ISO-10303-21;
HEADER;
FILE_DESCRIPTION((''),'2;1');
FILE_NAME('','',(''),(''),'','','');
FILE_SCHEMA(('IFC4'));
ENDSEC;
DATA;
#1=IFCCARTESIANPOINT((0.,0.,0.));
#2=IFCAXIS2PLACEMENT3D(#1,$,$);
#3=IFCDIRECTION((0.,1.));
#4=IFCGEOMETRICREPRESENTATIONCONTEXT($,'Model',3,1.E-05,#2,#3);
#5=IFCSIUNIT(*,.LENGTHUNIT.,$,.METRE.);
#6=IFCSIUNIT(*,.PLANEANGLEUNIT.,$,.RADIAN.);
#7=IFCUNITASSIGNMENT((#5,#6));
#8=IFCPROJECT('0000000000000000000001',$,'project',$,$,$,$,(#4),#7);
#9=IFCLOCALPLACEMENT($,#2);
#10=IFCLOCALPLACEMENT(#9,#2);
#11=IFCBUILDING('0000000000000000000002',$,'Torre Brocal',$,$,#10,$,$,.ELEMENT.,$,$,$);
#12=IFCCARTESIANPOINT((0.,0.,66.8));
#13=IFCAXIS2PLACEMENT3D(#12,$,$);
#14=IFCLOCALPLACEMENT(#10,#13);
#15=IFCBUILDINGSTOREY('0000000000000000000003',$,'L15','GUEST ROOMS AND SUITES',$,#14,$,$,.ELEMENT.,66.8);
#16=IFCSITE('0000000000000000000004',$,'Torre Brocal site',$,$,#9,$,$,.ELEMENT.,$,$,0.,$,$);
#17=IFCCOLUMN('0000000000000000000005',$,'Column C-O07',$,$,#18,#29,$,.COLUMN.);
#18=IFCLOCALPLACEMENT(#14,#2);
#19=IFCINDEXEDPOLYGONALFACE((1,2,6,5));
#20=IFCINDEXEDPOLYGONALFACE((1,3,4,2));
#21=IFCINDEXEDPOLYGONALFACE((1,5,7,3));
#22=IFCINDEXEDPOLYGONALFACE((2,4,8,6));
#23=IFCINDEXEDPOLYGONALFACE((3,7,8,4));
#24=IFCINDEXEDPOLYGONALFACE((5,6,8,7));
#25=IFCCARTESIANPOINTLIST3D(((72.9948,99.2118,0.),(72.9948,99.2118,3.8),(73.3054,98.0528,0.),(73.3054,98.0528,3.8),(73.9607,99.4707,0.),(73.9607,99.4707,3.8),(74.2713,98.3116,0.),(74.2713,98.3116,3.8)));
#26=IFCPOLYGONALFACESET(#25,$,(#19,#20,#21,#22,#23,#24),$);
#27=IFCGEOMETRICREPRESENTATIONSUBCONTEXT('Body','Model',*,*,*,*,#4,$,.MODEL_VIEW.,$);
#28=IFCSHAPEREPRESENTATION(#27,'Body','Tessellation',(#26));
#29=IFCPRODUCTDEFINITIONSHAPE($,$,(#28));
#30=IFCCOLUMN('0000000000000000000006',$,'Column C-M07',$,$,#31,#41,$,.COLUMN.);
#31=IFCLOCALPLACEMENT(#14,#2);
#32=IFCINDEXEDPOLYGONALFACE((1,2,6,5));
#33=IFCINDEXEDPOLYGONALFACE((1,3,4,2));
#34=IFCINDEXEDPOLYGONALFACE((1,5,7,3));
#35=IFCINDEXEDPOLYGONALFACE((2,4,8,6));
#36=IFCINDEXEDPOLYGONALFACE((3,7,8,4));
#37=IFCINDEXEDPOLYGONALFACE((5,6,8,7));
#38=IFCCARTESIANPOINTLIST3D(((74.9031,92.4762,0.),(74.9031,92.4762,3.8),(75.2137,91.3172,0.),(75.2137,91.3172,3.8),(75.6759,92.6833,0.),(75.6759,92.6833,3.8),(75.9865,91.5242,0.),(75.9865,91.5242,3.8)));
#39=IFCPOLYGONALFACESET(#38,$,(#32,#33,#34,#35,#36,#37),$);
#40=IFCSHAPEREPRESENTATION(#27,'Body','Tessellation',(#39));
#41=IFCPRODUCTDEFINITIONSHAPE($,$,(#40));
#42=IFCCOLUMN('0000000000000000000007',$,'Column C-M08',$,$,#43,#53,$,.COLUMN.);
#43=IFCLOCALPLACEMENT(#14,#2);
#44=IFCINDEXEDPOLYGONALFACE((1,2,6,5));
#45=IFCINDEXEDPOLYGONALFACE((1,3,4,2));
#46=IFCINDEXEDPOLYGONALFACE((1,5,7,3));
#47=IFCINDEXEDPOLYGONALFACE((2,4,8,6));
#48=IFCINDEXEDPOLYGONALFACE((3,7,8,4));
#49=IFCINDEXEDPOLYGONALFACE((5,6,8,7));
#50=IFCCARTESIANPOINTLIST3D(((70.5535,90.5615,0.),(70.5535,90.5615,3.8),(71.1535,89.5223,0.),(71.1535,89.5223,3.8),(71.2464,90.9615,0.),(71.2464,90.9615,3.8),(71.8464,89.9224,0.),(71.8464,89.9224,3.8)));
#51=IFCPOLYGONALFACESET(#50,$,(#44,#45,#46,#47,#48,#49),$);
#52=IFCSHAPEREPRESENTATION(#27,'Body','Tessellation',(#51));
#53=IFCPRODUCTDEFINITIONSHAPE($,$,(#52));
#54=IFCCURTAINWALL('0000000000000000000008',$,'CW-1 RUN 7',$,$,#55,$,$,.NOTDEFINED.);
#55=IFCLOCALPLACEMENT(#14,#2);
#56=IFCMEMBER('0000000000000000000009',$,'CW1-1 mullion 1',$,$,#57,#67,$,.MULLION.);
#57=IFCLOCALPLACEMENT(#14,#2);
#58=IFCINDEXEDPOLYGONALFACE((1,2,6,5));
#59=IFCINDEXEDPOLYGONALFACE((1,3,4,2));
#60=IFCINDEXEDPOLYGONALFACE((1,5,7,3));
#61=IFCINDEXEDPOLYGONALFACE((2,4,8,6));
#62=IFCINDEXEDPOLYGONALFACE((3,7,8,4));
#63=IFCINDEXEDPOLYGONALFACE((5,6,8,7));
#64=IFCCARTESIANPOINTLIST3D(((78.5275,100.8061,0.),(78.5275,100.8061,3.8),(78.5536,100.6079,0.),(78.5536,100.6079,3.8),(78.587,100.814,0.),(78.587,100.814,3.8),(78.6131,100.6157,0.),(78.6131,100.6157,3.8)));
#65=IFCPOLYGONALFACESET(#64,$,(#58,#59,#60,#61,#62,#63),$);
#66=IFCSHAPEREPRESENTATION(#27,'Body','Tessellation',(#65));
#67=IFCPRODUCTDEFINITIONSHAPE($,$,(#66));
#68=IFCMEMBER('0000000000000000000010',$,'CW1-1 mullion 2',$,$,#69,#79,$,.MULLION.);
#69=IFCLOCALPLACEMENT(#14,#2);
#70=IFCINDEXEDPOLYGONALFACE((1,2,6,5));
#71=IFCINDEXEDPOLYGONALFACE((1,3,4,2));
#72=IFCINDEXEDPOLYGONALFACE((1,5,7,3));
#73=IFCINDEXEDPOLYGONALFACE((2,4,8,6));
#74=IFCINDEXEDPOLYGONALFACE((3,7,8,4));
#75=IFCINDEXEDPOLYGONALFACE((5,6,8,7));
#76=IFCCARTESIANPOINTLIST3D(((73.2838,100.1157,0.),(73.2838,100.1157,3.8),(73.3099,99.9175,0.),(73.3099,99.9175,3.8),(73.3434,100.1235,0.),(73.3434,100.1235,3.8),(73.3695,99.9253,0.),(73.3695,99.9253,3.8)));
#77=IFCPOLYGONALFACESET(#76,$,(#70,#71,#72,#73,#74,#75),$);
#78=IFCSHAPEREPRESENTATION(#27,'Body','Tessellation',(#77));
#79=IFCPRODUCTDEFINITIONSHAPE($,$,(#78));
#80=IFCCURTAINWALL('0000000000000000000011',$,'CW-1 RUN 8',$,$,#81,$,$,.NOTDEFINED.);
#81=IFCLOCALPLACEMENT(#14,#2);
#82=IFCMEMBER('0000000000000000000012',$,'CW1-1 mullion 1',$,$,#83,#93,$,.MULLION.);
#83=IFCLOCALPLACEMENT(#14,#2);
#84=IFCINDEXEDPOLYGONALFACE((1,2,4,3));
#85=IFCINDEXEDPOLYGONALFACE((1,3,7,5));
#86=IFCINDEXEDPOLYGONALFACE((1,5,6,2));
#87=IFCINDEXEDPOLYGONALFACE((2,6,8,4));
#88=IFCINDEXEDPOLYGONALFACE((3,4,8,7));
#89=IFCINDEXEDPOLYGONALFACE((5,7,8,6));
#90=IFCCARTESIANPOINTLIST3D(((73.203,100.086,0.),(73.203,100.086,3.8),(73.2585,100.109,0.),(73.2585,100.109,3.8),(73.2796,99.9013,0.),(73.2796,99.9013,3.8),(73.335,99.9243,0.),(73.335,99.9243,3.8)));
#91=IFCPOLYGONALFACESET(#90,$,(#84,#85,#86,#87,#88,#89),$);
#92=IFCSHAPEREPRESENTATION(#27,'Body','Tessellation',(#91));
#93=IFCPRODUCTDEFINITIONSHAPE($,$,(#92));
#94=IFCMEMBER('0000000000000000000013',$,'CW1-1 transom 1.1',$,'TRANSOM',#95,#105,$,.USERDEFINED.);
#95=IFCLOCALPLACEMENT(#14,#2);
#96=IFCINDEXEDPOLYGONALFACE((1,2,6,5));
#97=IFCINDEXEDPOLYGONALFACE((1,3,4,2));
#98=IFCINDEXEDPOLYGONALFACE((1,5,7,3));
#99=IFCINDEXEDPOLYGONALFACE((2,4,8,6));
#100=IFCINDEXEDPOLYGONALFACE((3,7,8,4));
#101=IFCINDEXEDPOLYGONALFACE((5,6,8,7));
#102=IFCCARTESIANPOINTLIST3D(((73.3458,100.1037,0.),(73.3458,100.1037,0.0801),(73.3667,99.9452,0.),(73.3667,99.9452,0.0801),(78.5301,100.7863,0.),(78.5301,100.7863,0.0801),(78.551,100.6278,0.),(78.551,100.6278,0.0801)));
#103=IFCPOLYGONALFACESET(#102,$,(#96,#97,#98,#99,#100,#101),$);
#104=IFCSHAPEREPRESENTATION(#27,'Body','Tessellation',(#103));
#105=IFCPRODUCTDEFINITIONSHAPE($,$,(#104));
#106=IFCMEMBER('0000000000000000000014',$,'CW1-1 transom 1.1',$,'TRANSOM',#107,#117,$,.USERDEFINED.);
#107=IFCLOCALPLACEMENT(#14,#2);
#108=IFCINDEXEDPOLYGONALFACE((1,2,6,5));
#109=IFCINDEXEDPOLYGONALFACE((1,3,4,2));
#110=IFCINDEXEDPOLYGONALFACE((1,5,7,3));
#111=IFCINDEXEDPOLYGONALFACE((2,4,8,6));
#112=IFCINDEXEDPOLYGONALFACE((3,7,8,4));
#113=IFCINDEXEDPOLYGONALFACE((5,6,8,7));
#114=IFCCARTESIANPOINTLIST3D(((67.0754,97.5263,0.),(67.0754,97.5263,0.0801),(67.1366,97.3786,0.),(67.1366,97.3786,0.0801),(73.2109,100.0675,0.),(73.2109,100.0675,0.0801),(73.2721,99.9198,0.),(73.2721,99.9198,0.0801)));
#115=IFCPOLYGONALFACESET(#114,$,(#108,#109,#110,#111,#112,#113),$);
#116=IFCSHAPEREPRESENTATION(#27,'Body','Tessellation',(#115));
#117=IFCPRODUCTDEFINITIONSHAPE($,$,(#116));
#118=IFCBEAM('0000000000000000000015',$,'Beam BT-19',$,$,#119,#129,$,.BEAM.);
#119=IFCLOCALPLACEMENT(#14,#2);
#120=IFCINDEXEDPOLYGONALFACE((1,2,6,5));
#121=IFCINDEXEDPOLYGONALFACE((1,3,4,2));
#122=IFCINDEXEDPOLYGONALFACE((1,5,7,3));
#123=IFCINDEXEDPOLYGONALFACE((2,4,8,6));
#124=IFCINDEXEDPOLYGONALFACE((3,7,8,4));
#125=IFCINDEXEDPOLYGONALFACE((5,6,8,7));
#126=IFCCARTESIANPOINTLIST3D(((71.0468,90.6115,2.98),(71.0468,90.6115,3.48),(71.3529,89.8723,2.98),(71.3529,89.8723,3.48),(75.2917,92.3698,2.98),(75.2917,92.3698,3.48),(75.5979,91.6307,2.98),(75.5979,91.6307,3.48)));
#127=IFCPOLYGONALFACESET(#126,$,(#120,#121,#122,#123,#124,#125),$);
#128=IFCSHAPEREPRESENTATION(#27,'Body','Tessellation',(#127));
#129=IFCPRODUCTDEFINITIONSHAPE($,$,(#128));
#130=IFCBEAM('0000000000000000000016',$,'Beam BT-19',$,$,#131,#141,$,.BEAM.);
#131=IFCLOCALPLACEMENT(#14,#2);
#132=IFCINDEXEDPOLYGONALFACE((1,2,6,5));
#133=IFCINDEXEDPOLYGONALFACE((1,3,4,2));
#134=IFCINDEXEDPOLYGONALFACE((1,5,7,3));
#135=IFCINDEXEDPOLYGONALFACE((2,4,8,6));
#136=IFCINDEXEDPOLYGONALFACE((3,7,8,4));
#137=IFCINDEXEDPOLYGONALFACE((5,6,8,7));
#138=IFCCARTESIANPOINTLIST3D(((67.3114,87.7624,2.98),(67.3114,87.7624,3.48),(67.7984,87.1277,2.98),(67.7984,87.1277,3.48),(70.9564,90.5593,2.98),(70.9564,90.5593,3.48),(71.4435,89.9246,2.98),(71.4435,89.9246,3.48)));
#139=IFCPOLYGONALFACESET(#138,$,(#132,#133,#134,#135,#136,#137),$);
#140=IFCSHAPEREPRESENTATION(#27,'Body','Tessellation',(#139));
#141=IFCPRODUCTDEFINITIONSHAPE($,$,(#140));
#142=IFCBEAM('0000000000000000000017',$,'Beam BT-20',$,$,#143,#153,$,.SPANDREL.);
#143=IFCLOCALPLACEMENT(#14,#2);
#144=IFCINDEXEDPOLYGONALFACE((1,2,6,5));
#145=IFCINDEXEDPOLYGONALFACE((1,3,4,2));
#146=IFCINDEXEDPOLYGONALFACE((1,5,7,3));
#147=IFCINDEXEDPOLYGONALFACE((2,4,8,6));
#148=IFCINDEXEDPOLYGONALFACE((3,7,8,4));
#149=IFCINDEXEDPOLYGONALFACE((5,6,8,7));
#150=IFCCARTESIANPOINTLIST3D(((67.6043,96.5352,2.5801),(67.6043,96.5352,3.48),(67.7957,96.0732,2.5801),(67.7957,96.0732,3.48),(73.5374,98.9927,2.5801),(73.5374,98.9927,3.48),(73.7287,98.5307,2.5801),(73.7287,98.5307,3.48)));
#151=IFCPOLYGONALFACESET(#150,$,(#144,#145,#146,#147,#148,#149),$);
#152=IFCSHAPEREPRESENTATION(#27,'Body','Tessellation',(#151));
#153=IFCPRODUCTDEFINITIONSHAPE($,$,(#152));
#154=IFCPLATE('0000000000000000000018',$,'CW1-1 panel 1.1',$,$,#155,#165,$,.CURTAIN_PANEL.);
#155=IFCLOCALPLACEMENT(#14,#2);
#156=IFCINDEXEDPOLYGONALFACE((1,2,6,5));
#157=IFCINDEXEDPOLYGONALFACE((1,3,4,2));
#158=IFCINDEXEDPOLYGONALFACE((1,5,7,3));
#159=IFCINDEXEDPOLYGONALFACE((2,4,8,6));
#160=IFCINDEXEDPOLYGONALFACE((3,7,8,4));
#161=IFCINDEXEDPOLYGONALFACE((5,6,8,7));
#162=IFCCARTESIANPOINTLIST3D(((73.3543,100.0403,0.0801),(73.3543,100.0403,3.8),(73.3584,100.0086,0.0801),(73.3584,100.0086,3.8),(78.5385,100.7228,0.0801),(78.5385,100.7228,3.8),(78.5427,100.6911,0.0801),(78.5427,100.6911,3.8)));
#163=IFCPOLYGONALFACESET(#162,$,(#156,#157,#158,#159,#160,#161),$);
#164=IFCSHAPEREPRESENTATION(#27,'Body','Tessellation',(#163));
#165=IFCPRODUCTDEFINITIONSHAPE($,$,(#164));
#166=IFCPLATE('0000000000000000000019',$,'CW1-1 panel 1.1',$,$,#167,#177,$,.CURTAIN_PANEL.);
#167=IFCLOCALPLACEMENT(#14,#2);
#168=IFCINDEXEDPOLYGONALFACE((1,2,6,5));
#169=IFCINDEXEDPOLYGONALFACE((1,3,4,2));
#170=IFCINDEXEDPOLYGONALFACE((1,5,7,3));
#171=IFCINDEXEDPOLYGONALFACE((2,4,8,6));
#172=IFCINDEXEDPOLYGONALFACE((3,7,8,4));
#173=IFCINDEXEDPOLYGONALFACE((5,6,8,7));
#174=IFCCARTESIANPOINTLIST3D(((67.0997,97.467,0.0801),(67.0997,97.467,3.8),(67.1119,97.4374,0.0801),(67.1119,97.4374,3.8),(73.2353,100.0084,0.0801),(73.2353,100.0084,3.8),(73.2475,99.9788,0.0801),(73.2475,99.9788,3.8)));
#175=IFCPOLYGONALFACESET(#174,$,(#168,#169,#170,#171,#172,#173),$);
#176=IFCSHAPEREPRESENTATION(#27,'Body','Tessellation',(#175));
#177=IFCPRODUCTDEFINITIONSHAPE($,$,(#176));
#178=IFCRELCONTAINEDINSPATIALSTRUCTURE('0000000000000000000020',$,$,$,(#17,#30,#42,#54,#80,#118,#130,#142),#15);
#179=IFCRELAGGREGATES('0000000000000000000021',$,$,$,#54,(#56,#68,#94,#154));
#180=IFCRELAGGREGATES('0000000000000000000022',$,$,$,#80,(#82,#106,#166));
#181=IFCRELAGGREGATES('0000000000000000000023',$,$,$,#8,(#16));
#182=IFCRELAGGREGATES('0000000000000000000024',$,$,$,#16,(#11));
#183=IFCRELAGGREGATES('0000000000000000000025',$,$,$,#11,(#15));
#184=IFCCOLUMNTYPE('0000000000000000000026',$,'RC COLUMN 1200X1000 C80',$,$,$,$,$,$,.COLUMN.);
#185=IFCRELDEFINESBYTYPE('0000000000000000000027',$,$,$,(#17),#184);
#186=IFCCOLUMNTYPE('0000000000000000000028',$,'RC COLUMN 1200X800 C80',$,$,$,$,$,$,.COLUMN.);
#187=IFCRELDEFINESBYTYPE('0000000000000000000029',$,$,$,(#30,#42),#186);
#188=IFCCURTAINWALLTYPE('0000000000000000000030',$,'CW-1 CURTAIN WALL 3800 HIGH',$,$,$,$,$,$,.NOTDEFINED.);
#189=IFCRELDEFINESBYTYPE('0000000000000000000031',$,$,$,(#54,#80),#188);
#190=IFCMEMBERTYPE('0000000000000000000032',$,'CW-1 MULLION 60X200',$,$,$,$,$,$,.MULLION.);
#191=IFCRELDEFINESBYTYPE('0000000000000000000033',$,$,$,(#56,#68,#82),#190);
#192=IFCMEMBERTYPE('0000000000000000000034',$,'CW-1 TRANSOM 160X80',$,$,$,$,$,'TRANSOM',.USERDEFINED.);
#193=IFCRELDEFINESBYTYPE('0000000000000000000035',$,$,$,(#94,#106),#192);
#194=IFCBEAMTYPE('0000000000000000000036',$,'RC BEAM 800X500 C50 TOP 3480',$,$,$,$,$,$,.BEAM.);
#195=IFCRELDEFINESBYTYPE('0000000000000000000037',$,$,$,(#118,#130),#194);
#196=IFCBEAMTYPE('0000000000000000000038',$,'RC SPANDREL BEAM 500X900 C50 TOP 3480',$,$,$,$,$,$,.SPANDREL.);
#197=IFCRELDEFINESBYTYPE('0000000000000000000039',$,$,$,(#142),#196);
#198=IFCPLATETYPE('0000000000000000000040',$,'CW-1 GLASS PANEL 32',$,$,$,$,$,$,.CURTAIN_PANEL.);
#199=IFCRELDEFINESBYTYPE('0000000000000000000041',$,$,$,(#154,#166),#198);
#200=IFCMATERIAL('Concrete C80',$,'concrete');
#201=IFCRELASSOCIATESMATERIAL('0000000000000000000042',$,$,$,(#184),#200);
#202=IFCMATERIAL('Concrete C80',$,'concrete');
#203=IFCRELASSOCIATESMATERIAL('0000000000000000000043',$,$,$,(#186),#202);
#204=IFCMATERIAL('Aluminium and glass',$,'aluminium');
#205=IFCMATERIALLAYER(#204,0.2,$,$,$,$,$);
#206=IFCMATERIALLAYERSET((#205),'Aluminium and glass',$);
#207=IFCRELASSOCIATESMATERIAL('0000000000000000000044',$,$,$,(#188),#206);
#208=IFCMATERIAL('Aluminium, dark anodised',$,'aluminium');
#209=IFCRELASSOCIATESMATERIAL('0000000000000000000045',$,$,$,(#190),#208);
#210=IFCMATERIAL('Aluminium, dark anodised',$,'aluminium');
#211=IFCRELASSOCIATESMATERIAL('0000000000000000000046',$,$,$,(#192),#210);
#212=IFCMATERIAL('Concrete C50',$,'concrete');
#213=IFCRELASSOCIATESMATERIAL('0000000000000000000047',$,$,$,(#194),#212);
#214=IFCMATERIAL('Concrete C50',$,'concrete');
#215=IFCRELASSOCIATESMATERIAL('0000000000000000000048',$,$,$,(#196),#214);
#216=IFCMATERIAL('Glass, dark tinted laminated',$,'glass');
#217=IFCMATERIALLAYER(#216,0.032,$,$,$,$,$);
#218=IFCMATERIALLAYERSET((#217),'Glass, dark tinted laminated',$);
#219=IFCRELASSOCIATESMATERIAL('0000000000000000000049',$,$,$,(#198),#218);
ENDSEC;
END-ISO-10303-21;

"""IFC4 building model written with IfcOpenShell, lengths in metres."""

from ifc_helpers import new_model, si_unit, direction, frame, origin, origin_2d, place, context, subcontext, project, spatial, rectangle, extrude, material, layer, layer_set, material_profile, profile_set, type_object, element, aggregate, save


model = new_model("IFC4")

# Units and contexts
model_context = context("Model", 3, precision=1e-05, world=origin(), true_north=direction((0.0, 1.0)))
body_context = subcontext(model_context, "Body", "Model", "MODEL_VIEW")
ifc_project = project(units=[si_unit("LENGTHUNIT", "METRE"), si_unit("PLANEANGLEUNIT", "RADIAN")], contexts=[model_context])

# Site, building, storey
site_placement = place(None, origin())
site = spatial("IfcSite", under=ifc_project, at=site_placement, Name="Torre Brocal site", CompositionType="ELEMENT", RefElevation=0.0)
building_placement = place(site_placement, origin())
building = spatial("IfcBuilding", under=site, at=building_placement, Name="Torre Brocal", CompositionType="ELEMENT")
storey_placement = place(building_placement, frame((0.0, 0.0, 66.8)))
storey = spatial("IfcBuildingStorey", under=building, at=storey_placement, Name="L15", Description="GUEST ROOMS AND SUITES", CompositionType="ELEMENT", Elevation=66.8)

# Columns
ifc_material_1 = material(Name="Concrete C80", Category="concrete")
ifc_material_profile_1 = material_profile(ifc_material_1, rectangle(XDim=1.2, YDim=1.0, at=origin_2d()), Name="RC 1200X1000")
ifc_profile_set_1 = profile_set([ifc_material_profile_1], Name="Concrete C80")
column_type_1 = type_object("IfcColumnType", Name="RC COLUMN 1200X1000 C80", PredefinedType="COLUMN", material=ifc_profile_set_1)
column_placement = place(storey_placement, frame((73.6331, 98.7617, 0.0), z_axis=(0.0, 0.0, 1.0), x_axis=(-0.258819, 0.965926, 0.0)))
element("IfcColumn", 1, at=column_placement, inside=storey, type_object=column_type_1, Name="Column C-O07", PredefinedType="COLUMN", context=body_context, shape_type="SweptSolid", body=[
    extrude(rectangle(XDim=1.2, YDim=1.0, at=origin_2d()), origin(), (0.0, 0.0, 1.0), 3.8),
])
ifc_material_2 = material(Name="Concrete C80", Category="concrete")
ifc_material_profile_2 = material_profile(ifc_material_2, rectangle(XDim=1.2, YDim=0.8, at=origin_2d()), Name="RC 1200X800")
ifc_profile_set_2 = profile_set([ifc_material_profile_2], Name="Concrete C80")
column_type_2 = type_object("IfcColumnType", Name="RC COLUMN 1200X800 C80", PredefinedType="COLUMN", material=ifc_profile_set_2)
for number, where, z_axis, x_axis, name in (
    (2, (75.4448, 92.0002, 0.0), (0.0, 0.0, 1.0), (-0.258819, 0.965926, 0.0), "Column C-M07"),
    (3, (71.2, 90.2419, 0.0), (0.0, 0.0, 1.0), (-0.5, 0.866025, 0.0), "Column C-M08"),
):
    element("IfcColumn", number, at=place(storey_placement, frame(where, z_axis=z_axis, x_axis=x_axis)), inside=storey, type_object=column_type_2, Name=name, PredefinedType="COLUMN", context=body_context, shape_type="SweptSolid", body=[
        extrude(rectangle(XDim=1.2, YDim=0.8, at=origin_2d()), origin(), (0.0, 0.0, 1.0), 3.8),
    ])

# Curtain wall, members
ifc_material_3 = material(Name="Aluminium and glass", Category="aluminium")
ifc_layer_1 = layer(ifc_material_3, 0.2)
ifc_layer_set_1 = layer_set([ifc_layer_1], Name="Aluminium and glass")
curtain_wall_type = type_object("IfcCurtainWallType", Name="CW-1 CURTAIN WALL 3800 HIGH", PredefinedType="NOTDEFINED", material=ifc_layer_set_1)
curtain_wall_1_placement = place(storey_placement, origin())
curtain_wall_1 = element("IfcCurtainWall", 4, at=curtain_wall_1_placement, inside=storey, type_object=curtain_wall_type, Name="CW-1 RUN 7", PredefinedType="NOTDEFINED")
ifc_material_4 = material(Name="Aluminium, dark anodised", Category="aluminium")
ifc_material_profile_3 = material_profile(ifc_material_4, rectangle(XDim=0.2, YDim=0.0601, at=origin_2d()), Name="CW-1 MULLION 60X200")
ifc_profile_set_3 = profile_set([ifc_material_profile_3], Name="Aluminium, dark anodised")
member_type_1 = type_object("IfcMemberType", Name="CW-1 MULLION 60X200", PredefinedType="MULLION", material=ifc_profile_set_3)
member_1_placement = place(storey_placement, frame((78.5703, 100.7109, 0.0), z_axis=(0.0, 0.0, 1.0), x_axis=(0.130526, -0.991445, 0.0)))
member_1 = element("IfcMember", 5, at=member_1_placement, type_object=member_type_1, Name="CW1-1 mullion 1", PredefinedType="MULLION", context=body_context, shape_type="SweptSolid", body=[
    extrude(rectangle(XDim=0.2, YDim=0.0601, at=origin_2d()), origin(), (0.0, 0.0, 1.0), 3.8),
])
member_2_placement = place(storey_placement, frame((73.3267, 100.0205, 0.0), z_axis=(0.0, 0.0, 1.0), x_axis=(0.130526, -0.991445, 0.0)))
member_2 = element("IfcMember", 6, at=member_2_placement, type_object=member_type_1, Name="CW1-1 mullion 2", PredefinedType="MULLION", context=body_context, shape_type="SweptSolid", body=[
    extrude(rectangle(XDim=0.2, YDim=0.0601, at=origin_2d()), origin(), (0.0, 0.0, 1.0), 3.8),
])

# Curtain wall, member
curtain_wall_2_placement = place(storey_placement, origin())
curtain_wall_2 = element("IfcCurtainWall", 7, at=curtain_wall_2_placement, inside=storey, type_object=curtain_wall_type, Name="CW-1 RUN 8", PredefinedType="NOTDEFINED")
member_3_placement = place(storey_placement, frame((73.269, 100.0051, 0.0), z_axis=(0.0, 0.0, 1.0), x_axis=(0.382683, -0.92388, 0.0)))
member_3 = element("IfcMember", 8, at=member_3_placement, type_object=member_type_1, Name="CW1-1 mullion 1", PredefinedType="MULLION", context=body_context, shape_type="SweptSolid", body=[
    extrude(rectangle(XDim=0.2, YDim=0.0601, at=origin_2d()), origin(), (0.0, 0.0, 1.0), 3.8),
])

# Members
ifc_material_5 = material(Name="Aluminium, dark anodised", Category="aluminium")
ifc_material_profile_4 = material_profile(ifc_material_5, rectangle(XDim=0.1599, YDim=0.0801, at=origin_2d()), Name="CW-1 TRANSOM 160X80")
ifc_profile_set_4 = profile_set([ifc_material_profile_4], Name="Aluminium, dark anodised")
member_type_2 = type_object("IfcMemberType", Name="CW-1 TRANSOM 160X80", ElementType="TRANSOM", PredefinedType="USERDEFINED", material=ifc_profile_set_4)
member_4_placement = place(storey_placement, frame((78.5405, 100.707, 0.04), z_axis=(-0.991443, -0.130543, 0.0), x_axis=(0.130543, -0.991443, 0.0)))
member_4 = element("IfcMember", 9, at=member_4_placement, type_object=member_type_2, Name="CW1-1 transom 1.1", ObjectType="TRANSOM", PredefinedType="USERDEFINED", context=body_context, shape_type="SweptSolid", body=[
    extrude(rectangle(XDim=0.1599, YDim=0.0801, at=origin_2d()), origin(), (0.0, 0.0, 1.0), 5.229),
])
member_5_placement = place(storey_placement, frame((73.2415, 99.9937, 0.04), z_axis=(-0.923887, -0.382665, 0.0), x_axis=(0.382665, -0.923887, 0.0)))
member_5 = element("IfcMember", 10, at=member_5_placement, type_object=member_type_2, Name="CW1-1 transom 1.1", ObjectType="TRANSOM", PredefinedType="USERDEFINED", context=body_context, shape_type="SweptSolid", body=[
    extrude(rectangle(XDim=0.1599, YDim=0.0801, at=origin_2d()), origin(), (0.0, 0.0, 1.0), 6.6409),
])

# Beams
ifc_material_6 = material(Name="Concrete C50", Category="concrete")
ifc_material_profile_5 = material_profile(ifc_material_6, rectangle(XDim=0.8, YDim=0.5, at=origin_2d()), Name="RC 800X500")
ifc_profile_set_5 = profile_set([ifc_material_profile_5], Name="Concrete C50")
beam_type_1 = type_object("IfcBeamType", Name="RC BEAM 800X500 C50 TOP 3480", PredefinedType="BEAM", material=ifc_profile_set_5)
beam_1_placement = place(storey_placement, frame((75.4448, 92.0002, 3.23), z_axis=(-0.923878, -0.382687, 0.0), x_axis=(0.382687, -0.923878, 0.0)))
element("IfcBeam", 11, at=beam_1_placement, inside=storey, type_object=beam_type_1, Name="Beam BT-19", PredefinedType="BEAM", context=body_context, shape_type="SweptSolid", body=[
    extrude(rectangle(XDim=0.8, YDim=0.5, at=origin_2d()), origin(), (0.0, 0.0, 1.0), 4.5947),
])
beam_2_placement = place(storey_placement, frame((71.2, 90.2419, 3.23), z_axis=(-0.793358, -0.608755, 0.0), x_axis=(0.608755, -0.793358, 0.0)))
element("IfcBeam", 12, at=beam_2_placement, inside=storey, type_object=beam_type_1, Name="Beam BT-19", PredefinedType="BEAM", context=body_context, shape_type="SweptSolid", body=[
    extrude(rectangle(XDim=0.8, YDim=0.5, at=origin_2d()), origin(), (0.0, 0.0, 1.0), 4.5945),
])
ifc_material_7 = material(Name="Concrete C50", Category="concrete")
ifc_material_profile_6 = material_profile(ifc_material_7, rectangle(XDim=0.5, YDim=0.8999, at=origin_2d()), Name="RC 500X900")
ifc_profile_set_6 = profile_set([ifc_material_profile_6], Name="Concrete C50")
beam_type_2 = type_object("IfcBeamType", Name="RC SPANDREL BEAM 500X900 C50 TOP 3480", PredefinedType="SPANDREL", material=ifc_profile_set_6)
beam_3_placement = place(storey_placement, frame((73.6331, 98.7617, 3.03), z_axis=(-0.923882, -0.382676, 0.0), x_axis=(0.382676, -0.923882, 0.0)))
element("IfcBeam", 13, at=beam_3_placement, inside=storey, type_object=beam_type_2, Name="Beam BT-20", PredefinedType="SPANDREL", context=body_context, shape_type="SweptSolid", body=[
    extrude(rectangle(XDim=0.5, YDim=0.8999, at=origin_2d()), origin(), (0.0, 0.0, 1.0), 6.4219),
])

# Plates
ifc_material_8 = material(Name="Glass, dark tinted laminated", Category="glass")
ifc_layer_2 = layer(ifc_material_8, 0.032)
ifc_layer_set_2 = layer_set([ifc_layer_2], Name="Glass, dark tinted laminated")
plate_type = type_object("IfcPlateType", Name="CW-1 GLASS PANEL 32", PredefinedType="CURTAIN_PANEL", material=ifc_layer_set_2)
plate_1_placement = place(storey_placement, frame((75.9485, 100.3657, 0.0801), z_axis=(0.0, 0.0, 1.0), x_axis=(-0.991445, -0.130526, 0.0)))
plate_1 = element("IfcPlate", 14, at=plate_1_placement, type_object=plate_type, Name="CW1-1 panel 1.1", PredefinedType="CURTAIN_PANEL", context=body_context, shape_type="SweptSolid", body=[
    extrude(rectangle(XDim=5.229, YDim=0.032, at=origin_2d()), origin(), (0.0, 0.0, 1.0), 3.72),
])
aggregate(curtain_wall_1, [member_1, member_2, member_4, plate_1])
plate_2_placement = place(storey_placement, frame((70.1736, 98.7229, 0.0801), z_axis=(0.0, 0.0, 1.0), x_axis=(-0.92388, -0.382683, 0.0)))
plate_2 = element("IfcPlate", 15, at=plate_2_placement, type_object=plate_type, Name="CW1-1 panel 1.1", PredefinedType="CURTAIN_PANEL", context=body_context, shape_type="SweptSolid", body=[
    extrude(rectangle(XDim=6.6411, YDim=0.032, at=origin_2d()), origin(), (0.0, 0.0, 1.0), 3.72),
])
aggregate(curtain_wall_2, [member_3, member_5, plate_2])

save(model, "model.ifc")
